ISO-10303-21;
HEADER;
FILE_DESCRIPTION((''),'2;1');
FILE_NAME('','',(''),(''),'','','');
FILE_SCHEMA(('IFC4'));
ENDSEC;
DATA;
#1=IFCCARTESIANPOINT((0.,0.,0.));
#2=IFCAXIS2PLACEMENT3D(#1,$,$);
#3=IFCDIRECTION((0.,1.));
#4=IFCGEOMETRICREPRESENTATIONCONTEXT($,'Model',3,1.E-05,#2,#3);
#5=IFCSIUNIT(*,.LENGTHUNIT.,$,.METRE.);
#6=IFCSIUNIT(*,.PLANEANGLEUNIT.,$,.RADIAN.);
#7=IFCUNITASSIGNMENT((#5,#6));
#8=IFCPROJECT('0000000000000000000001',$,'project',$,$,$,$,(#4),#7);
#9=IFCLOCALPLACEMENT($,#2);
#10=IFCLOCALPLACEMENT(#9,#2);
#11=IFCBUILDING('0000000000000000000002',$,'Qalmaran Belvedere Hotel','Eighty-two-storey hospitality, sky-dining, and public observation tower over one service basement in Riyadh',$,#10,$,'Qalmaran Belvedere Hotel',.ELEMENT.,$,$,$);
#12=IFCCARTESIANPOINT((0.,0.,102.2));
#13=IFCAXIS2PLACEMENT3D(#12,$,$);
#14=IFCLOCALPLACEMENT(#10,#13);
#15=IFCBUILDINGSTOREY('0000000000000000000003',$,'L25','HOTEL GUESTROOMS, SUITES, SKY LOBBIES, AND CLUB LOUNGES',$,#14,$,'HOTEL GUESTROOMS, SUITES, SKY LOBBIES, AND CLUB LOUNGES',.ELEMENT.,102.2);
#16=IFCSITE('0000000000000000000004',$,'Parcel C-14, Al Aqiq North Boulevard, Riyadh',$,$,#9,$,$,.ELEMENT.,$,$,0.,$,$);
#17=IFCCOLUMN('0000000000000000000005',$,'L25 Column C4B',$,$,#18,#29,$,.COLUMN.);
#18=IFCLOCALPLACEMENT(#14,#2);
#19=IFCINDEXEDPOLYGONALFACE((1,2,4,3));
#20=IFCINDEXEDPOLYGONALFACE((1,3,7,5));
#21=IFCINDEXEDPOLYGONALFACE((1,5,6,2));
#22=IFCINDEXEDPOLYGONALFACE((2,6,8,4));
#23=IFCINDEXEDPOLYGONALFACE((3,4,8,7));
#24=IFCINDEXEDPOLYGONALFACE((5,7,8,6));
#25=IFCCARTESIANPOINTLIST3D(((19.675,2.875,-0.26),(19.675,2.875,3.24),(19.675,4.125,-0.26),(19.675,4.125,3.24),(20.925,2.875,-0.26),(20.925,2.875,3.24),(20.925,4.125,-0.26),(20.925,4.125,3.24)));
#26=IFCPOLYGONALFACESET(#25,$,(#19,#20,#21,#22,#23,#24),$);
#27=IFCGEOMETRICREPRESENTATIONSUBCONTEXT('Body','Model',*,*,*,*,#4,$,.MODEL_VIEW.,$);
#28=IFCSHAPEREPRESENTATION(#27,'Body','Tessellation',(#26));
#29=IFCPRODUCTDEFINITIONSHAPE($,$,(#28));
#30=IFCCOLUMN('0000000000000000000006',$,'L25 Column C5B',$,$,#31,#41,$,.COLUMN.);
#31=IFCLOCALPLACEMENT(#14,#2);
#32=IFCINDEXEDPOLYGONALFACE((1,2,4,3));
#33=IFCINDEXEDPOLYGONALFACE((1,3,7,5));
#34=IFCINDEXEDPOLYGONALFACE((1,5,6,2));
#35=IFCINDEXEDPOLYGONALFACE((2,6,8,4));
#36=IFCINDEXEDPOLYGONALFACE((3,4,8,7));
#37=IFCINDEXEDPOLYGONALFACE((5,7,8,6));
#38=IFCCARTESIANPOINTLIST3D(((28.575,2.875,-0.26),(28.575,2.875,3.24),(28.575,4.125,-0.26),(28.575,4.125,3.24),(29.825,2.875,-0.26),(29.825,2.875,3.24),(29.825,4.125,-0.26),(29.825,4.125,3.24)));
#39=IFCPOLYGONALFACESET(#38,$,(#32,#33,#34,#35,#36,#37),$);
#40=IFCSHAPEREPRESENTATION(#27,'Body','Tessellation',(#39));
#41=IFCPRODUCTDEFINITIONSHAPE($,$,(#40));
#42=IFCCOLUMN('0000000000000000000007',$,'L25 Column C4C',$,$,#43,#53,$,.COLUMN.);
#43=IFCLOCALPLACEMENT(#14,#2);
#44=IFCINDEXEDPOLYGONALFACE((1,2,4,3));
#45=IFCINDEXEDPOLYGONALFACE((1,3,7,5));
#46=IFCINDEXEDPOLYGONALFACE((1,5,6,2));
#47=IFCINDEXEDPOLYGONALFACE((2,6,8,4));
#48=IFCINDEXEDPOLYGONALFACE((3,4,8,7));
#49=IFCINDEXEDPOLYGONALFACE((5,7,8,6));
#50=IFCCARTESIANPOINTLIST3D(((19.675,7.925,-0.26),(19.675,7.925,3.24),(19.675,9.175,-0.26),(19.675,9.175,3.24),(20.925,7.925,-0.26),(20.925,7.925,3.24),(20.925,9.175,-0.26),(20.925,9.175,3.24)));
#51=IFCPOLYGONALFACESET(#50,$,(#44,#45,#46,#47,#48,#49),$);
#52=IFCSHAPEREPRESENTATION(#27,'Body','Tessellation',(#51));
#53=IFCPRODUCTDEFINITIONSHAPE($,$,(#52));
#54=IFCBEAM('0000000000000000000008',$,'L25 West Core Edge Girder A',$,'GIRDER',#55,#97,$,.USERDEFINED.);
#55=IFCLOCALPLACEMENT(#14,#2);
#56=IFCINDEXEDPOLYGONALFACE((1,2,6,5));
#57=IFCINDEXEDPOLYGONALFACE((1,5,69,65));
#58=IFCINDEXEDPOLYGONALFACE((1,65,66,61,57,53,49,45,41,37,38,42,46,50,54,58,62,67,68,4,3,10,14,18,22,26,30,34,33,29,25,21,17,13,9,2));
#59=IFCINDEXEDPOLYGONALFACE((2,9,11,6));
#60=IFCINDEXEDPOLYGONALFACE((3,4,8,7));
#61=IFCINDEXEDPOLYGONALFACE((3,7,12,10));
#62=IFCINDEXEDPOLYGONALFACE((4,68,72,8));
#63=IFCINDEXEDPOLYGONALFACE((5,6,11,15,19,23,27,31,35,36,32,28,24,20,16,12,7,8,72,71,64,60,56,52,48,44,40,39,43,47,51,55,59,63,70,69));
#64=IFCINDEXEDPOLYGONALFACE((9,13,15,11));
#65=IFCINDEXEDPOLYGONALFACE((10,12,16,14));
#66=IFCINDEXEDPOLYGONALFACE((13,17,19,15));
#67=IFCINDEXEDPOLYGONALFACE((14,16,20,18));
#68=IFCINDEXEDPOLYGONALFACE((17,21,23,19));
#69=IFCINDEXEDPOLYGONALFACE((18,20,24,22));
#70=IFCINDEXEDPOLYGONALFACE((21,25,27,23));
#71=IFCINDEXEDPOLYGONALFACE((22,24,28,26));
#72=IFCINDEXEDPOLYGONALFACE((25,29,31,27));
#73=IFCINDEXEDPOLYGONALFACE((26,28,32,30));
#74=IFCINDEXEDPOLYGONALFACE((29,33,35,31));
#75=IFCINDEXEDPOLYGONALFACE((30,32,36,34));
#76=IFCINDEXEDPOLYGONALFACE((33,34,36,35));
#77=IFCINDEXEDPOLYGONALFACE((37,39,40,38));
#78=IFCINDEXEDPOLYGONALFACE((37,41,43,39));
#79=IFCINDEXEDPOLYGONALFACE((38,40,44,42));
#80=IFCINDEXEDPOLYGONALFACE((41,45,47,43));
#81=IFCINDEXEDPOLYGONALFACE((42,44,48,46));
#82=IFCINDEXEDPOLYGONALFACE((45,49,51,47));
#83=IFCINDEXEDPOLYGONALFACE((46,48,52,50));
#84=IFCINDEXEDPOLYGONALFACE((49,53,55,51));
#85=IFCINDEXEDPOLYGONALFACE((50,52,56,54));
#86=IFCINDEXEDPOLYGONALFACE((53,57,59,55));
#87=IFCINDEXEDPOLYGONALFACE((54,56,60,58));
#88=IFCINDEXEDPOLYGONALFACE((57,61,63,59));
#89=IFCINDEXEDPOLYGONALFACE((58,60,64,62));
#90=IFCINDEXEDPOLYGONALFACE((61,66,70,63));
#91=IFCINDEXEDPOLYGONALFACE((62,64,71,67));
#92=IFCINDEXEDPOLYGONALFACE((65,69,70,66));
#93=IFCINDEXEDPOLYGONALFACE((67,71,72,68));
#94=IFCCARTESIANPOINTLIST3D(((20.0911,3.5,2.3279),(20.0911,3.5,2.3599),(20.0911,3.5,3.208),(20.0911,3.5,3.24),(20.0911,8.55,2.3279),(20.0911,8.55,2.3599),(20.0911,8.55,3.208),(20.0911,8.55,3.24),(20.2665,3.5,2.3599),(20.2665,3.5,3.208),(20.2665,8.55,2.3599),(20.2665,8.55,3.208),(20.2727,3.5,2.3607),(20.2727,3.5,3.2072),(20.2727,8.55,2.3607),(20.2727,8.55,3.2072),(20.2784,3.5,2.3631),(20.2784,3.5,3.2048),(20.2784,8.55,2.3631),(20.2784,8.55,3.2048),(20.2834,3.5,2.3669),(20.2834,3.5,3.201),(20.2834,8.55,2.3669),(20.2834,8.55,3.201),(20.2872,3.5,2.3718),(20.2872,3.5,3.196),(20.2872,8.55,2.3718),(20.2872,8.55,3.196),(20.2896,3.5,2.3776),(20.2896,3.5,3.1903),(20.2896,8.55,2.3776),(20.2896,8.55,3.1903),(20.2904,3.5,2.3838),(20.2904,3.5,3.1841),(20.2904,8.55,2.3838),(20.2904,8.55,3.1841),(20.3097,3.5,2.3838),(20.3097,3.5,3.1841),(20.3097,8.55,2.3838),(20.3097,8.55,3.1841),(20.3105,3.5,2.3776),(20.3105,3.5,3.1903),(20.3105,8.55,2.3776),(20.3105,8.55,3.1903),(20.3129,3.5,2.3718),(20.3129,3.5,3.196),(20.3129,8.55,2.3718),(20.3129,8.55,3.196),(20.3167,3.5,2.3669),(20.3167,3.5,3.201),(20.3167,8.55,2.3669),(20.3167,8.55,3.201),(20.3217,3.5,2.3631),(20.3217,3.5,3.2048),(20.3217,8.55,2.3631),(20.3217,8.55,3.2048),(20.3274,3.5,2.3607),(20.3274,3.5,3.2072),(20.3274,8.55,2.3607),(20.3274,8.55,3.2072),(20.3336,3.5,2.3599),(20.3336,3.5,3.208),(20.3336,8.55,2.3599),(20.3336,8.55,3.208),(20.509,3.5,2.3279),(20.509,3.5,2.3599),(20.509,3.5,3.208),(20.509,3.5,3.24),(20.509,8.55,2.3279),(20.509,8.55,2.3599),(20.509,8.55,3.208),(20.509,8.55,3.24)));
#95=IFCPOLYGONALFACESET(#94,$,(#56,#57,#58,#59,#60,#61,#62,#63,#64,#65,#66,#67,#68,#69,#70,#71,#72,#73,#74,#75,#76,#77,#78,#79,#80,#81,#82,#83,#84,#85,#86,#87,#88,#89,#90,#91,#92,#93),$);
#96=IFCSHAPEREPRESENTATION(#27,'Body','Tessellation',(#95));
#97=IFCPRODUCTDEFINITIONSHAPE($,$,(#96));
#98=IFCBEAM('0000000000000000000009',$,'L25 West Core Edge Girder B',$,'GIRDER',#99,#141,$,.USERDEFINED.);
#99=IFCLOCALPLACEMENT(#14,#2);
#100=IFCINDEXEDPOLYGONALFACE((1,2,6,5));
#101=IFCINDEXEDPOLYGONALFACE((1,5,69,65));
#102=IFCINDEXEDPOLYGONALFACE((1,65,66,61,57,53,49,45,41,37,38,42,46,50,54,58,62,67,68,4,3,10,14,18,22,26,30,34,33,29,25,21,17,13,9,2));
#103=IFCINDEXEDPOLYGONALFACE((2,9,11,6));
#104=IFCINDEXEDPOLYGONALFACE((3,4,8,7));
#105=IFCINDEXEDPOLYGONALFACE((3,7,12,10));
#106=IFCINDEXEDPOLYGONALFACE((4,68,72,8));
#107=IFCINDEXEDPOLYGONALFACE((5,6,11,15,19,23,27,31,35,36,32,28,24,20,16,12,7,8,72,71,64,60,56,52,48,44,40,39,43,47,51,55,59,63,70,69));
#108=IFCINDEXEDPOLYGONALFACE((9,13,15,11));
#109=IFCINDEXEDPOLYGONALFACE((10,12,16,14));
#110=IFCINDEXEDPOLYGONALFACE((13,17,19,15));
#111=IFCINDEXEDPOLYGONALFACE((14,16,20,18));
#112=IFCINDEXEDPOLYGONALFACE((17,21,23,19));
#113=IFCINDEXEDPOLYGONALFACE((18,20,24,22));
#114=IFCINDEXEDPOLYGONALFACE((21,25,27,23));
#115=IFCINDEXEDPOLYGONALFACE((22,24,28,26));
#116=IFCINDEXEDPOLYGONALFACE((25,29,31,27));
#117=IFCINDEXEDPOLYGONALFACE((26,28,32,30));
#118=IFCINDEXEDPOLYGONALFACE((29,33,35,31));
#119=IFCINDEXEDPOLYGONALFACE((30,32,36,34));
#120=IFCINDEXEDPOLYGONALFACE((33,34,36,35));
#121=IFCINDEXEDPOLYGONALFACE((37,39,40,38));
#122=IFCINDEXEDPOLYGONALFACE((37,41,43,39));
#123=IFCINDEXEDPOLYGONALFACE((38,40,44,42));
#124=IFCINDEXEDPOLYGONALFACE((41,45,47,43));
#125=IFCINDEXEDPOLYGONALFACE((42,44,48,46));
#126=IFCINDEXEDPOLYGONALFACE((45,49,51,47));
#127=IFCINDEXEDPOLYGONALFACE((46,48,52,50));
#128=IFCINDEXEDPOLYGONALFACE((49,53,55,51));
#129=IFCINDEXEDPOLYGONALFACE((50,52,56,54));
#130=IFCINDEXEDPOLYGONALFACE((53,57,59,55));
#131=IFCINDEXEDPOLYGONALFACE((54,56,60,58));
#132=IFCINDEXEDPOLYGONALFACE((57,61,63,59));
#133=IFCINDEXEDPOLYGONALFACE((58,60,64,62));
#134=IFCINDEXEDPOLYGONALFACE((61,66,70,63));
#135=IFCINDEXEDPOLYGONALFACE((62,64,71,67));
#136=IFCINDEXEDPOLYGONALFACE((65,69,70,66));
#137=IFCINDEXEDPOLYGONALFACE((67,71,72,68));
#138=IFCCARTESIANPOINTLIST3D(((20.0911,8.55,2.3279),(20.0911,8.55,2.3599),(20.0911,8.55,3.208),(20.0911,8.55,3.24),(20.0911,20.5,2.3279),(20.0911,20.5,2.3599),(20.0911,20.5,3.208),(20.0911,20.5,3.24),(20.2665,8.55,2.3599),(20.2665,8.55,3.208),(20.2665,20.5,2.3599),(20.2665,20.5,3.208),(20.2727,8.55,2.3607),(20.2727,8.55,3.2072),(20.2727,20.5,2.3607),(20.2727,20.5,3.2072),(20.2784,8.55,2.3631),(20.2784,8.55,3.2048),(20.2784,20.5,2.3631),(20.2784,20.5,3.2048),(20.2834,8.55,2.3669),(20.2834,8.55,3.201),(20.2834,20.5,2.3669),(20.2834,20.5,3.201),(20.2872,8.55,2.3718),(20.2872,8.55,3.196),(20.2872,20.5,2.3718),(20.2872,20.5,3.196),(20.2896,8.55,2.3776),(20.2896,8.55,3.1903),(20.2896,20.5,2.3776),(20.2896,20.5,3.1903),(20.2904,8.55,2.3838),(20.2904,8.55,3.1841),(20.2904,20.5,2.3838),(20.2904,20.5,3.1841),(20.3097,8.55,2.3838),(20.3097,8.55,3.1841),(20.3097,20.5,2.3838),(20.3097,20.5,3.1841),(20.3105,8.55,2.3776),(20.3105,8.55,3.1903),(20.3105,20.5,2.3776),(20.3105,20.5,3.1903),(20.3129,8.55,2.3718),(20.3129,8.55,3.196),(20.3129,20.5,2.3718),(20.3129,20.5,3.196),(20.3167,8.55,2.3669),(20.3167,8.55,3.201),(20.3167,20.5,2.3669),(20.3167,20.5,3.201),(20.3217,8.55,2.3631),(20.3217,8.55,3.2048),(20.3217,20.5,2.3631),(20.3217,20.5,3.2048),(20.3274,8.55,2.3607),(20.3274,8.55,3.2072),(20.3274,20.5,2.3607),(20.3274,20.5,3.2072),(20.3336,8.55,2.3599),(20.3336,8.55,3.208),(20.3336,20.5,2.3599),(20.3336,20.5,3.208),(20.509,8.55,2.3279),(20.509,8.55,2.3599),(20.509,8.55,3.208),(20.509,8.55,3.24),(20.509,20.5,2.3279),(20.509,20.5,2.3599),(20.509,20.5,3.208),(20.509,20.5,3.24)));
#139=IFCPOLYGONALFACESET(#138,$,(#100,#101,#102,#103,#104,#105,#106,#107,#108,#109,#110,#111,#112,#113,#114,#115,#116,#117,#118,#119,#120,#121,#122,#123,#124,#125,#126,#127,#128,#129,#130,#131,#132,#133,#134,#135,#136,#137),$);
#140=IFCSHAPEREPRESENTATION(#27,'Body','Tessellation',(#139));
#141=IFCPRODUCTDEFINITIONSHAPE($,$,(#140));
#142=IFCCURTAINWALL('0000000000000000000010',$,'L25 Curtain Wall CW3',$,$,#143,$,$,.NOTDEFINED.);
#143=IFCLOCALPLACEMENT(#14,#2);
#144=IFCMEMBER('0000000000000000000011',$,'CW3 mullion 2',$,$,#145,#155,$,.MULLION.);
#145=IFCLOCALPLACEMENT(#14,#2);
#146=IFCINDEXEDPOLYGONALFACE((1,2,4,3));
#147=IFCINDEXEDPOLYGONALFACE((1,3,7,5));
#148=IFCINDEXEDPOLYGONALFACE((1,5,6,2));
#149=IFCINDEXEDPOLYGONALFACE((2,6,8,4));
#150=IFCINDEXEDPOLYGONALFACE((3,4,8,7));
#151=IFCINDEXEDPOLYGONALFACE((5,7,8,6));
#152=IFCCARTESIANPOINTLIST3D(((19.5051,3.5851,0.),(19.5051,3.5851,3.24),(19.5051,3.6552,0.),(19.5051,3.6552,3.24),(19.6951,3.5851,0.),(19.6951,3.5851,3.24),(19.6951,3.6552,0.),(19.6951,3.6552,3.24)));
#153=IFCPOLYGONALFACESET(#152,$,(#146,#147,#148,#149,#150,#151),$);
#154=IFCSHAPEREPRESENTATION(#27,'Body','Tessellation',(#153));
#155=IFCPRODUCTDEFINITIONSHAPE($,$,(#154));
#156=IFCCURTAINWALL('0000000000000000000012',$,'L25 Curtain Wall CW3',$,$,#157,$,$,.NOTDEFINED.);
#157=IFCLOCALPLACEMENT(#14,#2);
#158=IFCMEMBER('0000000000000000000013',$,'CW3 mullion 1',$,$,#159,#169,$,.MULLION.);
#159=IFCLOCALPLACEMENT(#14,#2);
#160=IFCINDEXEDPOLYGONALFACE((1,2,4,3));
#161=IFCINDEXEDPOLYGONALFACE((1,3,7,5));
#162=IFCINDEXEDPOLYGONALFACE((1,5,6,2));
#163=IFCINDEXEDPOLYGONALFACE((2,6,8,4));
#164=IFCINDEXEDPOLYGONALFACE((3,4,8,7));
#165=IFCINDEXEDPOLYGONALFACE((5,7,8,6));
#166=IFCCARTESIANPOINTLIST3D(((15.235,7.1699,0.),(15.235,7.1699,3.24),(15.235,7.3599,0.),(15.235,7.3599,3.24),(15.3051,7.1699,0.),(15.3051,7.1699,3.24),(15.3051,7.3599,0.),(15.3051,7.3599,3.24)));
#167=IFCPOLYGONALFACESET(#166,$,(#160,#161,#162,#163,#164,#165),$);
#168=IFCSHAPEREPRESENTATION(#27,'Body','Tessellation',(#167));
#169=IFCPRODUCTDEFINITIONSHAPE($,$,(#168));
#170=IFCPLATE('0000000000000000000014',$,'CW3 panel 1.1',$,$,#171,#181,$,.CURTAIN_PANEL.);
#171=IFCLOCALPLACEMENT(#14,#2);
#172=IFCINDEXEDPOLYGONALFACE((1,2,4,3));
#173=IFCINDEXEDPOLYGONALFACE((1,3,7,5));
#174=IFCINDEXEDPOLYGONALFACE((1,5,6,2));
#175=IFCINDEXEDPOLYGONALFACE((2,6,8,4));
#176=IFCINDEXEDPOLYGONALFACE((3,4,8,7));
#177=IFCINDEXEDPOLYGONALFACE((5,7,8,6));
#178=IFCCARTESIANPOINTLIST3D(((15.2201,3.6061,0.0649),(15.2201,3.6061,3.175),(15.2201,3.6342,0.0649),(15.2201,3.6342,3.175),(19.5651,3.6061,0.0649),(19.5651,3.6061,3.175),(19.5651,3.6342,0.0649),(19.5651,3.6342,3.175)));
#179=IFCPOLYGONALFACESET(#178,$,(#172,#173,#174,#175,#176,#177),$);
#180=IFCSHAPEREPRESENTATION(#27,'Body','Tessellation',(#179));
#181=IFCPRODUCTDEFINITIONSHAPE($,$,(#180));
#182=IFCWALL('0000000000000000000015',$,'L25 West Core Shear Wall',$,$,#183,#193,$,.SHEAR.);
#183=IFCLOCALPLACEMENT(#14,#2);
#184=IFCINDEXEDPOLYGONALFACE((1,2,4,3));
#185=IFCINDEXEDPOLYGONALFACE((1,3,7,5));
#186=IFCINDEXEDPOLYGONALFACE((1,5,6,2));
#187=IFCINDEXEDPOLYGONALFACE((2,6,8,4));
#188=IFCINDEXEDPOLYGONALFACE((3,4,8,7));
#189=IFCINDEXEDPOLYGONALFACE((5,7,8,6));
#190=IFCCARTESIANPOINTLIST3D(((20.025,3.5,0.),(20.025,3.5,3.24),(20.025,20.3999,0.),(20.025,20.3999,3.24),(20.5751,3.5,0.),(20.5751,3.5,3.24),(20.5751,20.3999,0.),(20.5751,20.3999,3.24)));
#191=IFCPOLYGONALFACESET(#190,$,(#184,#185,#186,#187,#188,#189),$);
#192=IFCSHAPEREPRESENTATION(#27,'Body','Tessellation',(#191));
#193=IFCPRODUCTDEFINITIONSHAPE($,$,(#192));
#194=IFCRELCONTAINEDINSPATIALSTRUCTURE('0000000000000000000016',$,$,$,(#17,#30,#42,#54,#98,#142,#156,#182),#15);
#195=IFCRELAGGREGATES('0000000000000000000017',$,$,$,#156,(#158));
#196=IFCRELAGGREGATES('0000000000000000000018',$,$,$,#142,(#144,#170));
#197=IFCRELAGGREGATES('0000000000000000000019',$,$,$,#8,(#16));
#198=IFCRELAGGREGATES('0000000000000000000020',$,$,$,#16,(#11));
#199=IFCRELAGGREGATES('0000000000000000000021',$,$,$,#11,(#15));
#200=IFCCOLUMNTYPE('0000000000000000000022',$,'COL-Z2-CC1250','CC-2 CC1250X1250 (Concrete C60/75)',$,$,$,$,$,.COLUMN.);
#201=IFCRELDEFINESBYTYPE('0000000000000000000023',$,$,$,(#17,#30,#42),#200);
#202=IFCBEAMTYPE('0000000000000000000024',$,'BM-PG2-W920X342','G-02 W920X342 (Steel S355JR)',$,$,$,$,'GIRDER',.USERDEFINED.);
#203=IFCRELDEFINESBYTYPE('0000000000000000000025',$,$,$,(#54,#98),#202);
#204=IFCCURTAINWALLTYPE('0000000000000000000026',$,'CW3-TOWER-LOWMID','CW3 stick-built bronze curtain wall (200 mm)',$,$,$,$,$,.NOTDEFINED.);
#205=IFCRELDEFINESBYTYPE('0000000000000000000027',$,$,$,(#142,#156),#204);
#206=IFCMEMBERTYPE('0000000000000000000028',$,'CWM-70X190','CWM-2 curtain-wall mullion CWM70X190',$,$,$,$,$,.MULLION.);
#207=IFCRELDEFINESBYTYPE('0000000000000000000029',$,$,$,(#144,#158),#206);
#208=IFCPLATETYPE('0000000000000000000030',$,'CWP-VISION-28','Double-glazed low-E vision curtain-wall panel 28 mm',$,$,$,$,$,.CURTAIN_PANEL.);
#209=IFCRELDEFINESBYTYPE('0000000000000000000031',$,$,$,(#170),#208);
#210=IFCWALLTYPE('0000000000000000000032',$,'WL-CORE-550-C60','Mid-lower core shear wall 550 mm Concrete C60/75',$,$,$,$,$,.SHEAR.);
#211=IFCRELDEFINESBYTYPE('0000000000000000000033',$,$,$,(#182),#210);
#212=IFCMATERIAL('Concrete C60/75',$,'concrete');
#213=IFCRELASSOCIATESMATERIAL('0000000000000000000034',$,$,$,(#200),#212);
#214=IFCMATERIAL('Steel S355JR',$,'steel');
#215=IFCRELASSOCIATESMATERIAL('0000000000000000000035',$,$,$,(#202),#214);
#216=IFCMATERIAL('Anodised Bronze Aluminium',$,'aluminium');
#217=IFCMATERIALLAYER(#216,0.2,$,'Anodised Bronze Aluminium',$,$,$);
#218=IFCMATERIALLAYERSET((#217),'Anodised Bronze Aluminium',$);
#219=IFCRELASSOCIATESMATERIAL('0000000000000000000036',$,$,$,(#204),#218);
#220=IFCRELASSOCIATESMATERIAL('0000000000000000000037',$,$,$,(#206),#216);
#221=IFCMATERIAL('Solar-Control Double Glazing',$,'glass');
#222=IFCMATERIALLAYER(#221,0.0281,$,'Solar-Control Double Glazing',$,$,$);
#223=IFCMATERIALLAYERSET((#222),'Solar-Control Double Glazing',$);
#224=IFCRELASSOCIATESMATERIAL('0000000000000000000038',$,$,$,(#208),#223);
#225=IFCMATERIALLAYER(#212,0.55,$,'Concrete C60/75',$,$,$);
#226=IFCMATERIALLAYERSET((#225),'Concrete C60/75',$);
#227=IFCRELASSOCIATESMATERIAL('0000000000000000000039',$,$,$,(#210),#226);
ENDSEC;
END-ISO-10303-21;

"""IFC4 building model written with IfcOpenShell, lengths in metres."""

from ifc_helpers import new_model, si_unit, direction, frame, frame_2d, origin, origin_2d, place, context, subcontext, project, spatial, rectangle, i_section, extrude, material, layer, layer_set, material_profile, profile_set, type_object, element, aggregate, save


model = new_model("IFC4")

# Units and contexts
model_context = context("Model", 3, precision=1e-05, world=origin(), true_north=direction((0.0, 1.0)))
body_context = subcontext(model_context, "Body", "Model", "MODEL_VIEW")
ifc_project = project(units=[si_unit("LENGTHUNIT", "METRE"), si_unit("PLANEANGLEUNIT", "RADIAN")], contexts=[model_context])

# Site, building, storey
site_placement = place(None, origin())
site = spatial("IfcSite", under=ifc_project, at=site_placement, Name="Parcel C-14, Al Aqiq North Boulevard, Riyadh", CompositionType="ELEMENT", RefElevation=0.0)
building_placement = place(site_placement, origin())
building = spatial("IfcBuilding", under=site, at=building_placement, Name="Qalmaran Belvedere Hotel", Description="Eighty-two-storey hospitality, sky-dining, and public observation tower over one service basement in Riyadh", LongName="Qalmaran Belvedere Hotel", CompositionType="ELEMENT")
storey_placement = place(building_placement, frame((0.0, 0.0, 102.2)))
storey = spatial("IfcBuildingStorey", under=building, at=storey_placement, Name="L25", Description="HOTEL GUESTROOMS, SUITES, SKY LOBBIES, AND CLUB LOUNGES", LongName="HOTEL GUESTROOMS, SUITES, SKY LOBBIES, AND CLUB LOUNGES", CompositionType="ELEMENT", Elevation=102.2)

# Columns
ifc_material_1 = material(Name="Concrete C60/75", Category="concrete")
ifc_material_profile_1 = material_profile(ifc_material_1, rectangle(XDim=1.25, YDim=1.25, at=origin_2d()), Name="CC1250X1250")
ifc_profile_set_1 = profile_set([ifc_material_profile_1], Name="Concrete C60/75")
column_type = type_object("IfcColumnType", Name="COL-Z2-CC1250", Description="CC-2 CC1250X1250 (Concrete C60/75)", PredefinedType="COLUMN", material=ifc_profile_set_1)
for number, where, z_axis, x_axis, name in (
    (1, (20.3, 3.5, -0.26), (0.0, 0.0, 1.0), (1.0, 0.0, 0.0), "L25 Column C4B"),
    (2, (29.2, 3.5, -0.26), (0.0, 0.0, 1.0), (1.0, 0.0, 0.0), "L25 Column C5B"),
    (3, (20.3, 8.55, -0.26), (0.0, 0.0, 1.0), (1.0, 0.0, 0.0), "L25 Column C4C"),
):
    element("IfcColumn", number, at=place(storey_placement, frame(where, z_axis=z_axis, x_axis=x_axis)), inside=storey, type_object=column_type, Name=name, PredefinedType="COLUMN", context=body_context, shape_type="SweptSolid", body=[
        extrude(rectangle(XDim=1.25, YDim=1.25, at=origin_2d()), origin(), (0.0, 0.0, 1.0), 3.5),
    ])

# Beams
ifc_material_2 = material(Name="Steel S355JR", Category="steel")
ifc_material_profile_2 = material_profile(ifc_material_2, i_section(OverallWidth=0.418, OverallDepth=0.9121, WebThickness=0.0193, FlangeThickness=0.032, FilletRadius=0.0239, at=origin_2d()), Name="W920X342")
ifc_profile_set_2 = profile_set([ifc_material_profile_2], Name="Steel S355JR")
beam_type = type_object("IfcBeamType", Name="BM-PG2-W920X342", Description="G-02 W920X342 (Steel S355JR)", ElementType="GIRDER", PredefinedType="USERDEFINED", material=ifc_profile_set_2)
beam_1_placement = place(storey_placement, frame((20.3, 3.5, 2.7839), z_axis=(0.0, 1.0, 0.0), x_axis=(-1.0, 0.0, 0.0)))
element("IfcBeam", 4, at=beam_1_placement, inside=storey, type_object=beam_type, Name="L25 West Core Edge Girder A", ObjectType="GIRDER", PredefinedType="USERDEFINED", context=body_context, shape_type="SweptSolid", body=[
    extrude(i_section(OverallWidth=0.418, OverallDepth=0.9121, WebThickness=0.0193, FlangeThickness=0.032, FilletRadius=0.0239, at=origin_2d()), origin(), (0.0, 0.0, 1.0), 5.05),
])
beam_2_placement = place(storey_placement, frame((20.3, 8.55, 2.7839), z_axis=(0.0, 1.0, 0.0), x_axis=(-1.0, 0.0, 0.0)))
element("IfcBeam", 5, at=beam_2_placement, inside=storey, type_object=beam_type, Name="L25 West Core Edge Girder B", ObjectType="GIRDER", PredefinedType="USERDEFINED", context=body_context, shape_type="SweptSolid", body=[
    extrude(i_section(OverallWidth=0.418, OverallDepth=0.9121, WebThickness=0.0193, FlangeThickness=0.032, FilletRadius=0.0239, at=origin_2d()), origin(), (0.0, 0.0, 1.0), 11.95),
])

# Curtain walls, members
ifc_material_3 = material(Name="Anodised Bronze Aluminium", Category="aluminium")
ifc_layer_1 = layer(ifc_material_3, 0.2, Name="Anodised Bronze Aluminium")
ifc_layer_set_1 = layer_set([ifc_layer_1], Name="Anodised Bronze Aluminium")
curtain_wall_type = type_object("IfcCurtainWallType", Name="CW3-TOWER-LOWMID", Description="CW3 stick-built bronze curtain wall (200 mm)", PredefinedType="NOTDEFINED", material=ifc_layer_set_1)
curtain_wall_1_placement = place(storey_placement, origin())
curtain_wall_1 = element("IfcCurtainWall", 6, at=curtain_wall_1_placement, inside=storey, type_object=curtain_wall_type, Name="L25 Curtain Wall CW3", PredefinedType="NOTDEFINED")
ifc_material_profile_3 = material_profile(ifc_material_3, rectangle(XDim=0.0701, YDim=0.1899, at=origin_2d()), Name="CWM70X190")
ifc_profile_set_3 = profile_set([ifc_material_profile_3], Name="Anodised Bronze Aluminium")
member_type = type_object("IfcMemberType", Name="CWM-70X190", Description="CWM-2 curtain-wall mullion CWM70X190", PredefinedType="MULLION", material=ifc_profile_set_3)
member_1_placement = place(storey_placement, frame((19.6001, 3.6201, 0.0), z_axis=(0.0, 0.0, 1.0), x_axis=(0.0, 1.0, 0.0)))
member_1 = element("IfcMember", 7, at=member_1_placement, type_object=member_type, Name="CW3 mullion 2", PredefinedType="MULLION", context=body_context, shape_type="SweptSolid", body=[
    extrude(rectangle(XDim=0.0701, YDim=0.1899, at=origin_2d()), origin(), (0.0, 0.0, 1.0), 3.24),
])
curtain_wall_2_placement = place(storey_placement, origin())
curtain_wall_2 = element("IfcCurtainWall", 8, at=curtain_wall_2_placement, inside=storey, type_object=curtain_wall_type, Name="L25 Curtain Wall CW3", PredefinedType="NOTDEFINED")
member_2_placement = place(storey_placement, frame((15.27, 7.2649, 0.0), z_axis=(0.0, 0.0, 1.0), x_axis=(1.0, 0.0, 0.0)))
member_2 = element("IfcMember", 9, at=member_2_placement, type_object=member_type, Name="CW3 mullion 1", PredefinedType="MULLION", context=body_context, shape_type="SweptSolid", body=[
    extrude(rectangle(XDim=0.0701, YDim=0.1899, at=origin_2d()), origin(), (0.0, 0.0, 1.0), 3.24),
])
aggregate(curtain_wall_2, [member_2])

# Plate
ifc_material_4 = material(Name="Solar-Control Double Glazing", Category="glass")
ifc_layer_2 = layer(ifc_material_4, 0.0281, Name="Solar-Control Double Glazing")
ifc_layer_set_2 = layer_set([ifc_layer_2], Name="Solar-Control Double Glazing")
plate_type = type_object("IfcPlateType", Name="CWP-VISION-28", Description="Double-glazed low-E vision curtain-wall panel 28 mm", PredefinedType="CURTAIN_PANEL", material=ifc_layer_set_2)
plate_placement = place(storey_placement, frame((17.3926, 3.6201, 0.0649), z_axis=(0.0, 0.0, 1.0), x_axis=(1.0, 0.0, 0.0)))
plate = element("IfcPlate", 10, at=plate_placement, type_object=plate_type, Name="CW3 panel 1.1", PredefinedType="CURTAIN_PANEL", context=body_context, shape_type="SweptSolid", body=[
    extrude(rectangle(XDim=4.345, YDim=0.0281, at=origin_2d()), origin(), (0.0, 0.0, 1.0), 3.1101),
])
aggregate(curtain_wall_1, [member_1, plate])

# Wall
ifc_layer_3 = layer(ifc_material_1, 0.55, Name="Concrete C60/75")
ifc_layer_set_3 = layer_set([ifc_layer_3], Name="Concrete C60/75")
wall_type_1 = type_object("IfcWallType", Name="WL-CORE-550-C60", Description="Mid-lower core shear wall 550 mm Concrete C60/75", PredefinedType="SHEAR", material=ifc_layer_set_3)
wall_1_placement = place(storey_placement, frame((20.3, 3.5, 0.0), z_axis=(0.0, 0.0, 1.0), x_axis=(0.0, 1.0, 0.0)))
element("IfcWall", 11, at=wall_1_placement, inside=storey, type_object=wall_type_1, Name="L25 West Core Shear Wall", PredefinedType="SHEAR", context=body_context, shape_type="SweptSolid", body=[
    extrude(rectangle(XDim=16.8999, YDim=0.55, at=frame_2d((8.45, 0.0))), origin(), (0.0, 0.0, 1.0), 3.24),
])

save(model, "model.ifc")
